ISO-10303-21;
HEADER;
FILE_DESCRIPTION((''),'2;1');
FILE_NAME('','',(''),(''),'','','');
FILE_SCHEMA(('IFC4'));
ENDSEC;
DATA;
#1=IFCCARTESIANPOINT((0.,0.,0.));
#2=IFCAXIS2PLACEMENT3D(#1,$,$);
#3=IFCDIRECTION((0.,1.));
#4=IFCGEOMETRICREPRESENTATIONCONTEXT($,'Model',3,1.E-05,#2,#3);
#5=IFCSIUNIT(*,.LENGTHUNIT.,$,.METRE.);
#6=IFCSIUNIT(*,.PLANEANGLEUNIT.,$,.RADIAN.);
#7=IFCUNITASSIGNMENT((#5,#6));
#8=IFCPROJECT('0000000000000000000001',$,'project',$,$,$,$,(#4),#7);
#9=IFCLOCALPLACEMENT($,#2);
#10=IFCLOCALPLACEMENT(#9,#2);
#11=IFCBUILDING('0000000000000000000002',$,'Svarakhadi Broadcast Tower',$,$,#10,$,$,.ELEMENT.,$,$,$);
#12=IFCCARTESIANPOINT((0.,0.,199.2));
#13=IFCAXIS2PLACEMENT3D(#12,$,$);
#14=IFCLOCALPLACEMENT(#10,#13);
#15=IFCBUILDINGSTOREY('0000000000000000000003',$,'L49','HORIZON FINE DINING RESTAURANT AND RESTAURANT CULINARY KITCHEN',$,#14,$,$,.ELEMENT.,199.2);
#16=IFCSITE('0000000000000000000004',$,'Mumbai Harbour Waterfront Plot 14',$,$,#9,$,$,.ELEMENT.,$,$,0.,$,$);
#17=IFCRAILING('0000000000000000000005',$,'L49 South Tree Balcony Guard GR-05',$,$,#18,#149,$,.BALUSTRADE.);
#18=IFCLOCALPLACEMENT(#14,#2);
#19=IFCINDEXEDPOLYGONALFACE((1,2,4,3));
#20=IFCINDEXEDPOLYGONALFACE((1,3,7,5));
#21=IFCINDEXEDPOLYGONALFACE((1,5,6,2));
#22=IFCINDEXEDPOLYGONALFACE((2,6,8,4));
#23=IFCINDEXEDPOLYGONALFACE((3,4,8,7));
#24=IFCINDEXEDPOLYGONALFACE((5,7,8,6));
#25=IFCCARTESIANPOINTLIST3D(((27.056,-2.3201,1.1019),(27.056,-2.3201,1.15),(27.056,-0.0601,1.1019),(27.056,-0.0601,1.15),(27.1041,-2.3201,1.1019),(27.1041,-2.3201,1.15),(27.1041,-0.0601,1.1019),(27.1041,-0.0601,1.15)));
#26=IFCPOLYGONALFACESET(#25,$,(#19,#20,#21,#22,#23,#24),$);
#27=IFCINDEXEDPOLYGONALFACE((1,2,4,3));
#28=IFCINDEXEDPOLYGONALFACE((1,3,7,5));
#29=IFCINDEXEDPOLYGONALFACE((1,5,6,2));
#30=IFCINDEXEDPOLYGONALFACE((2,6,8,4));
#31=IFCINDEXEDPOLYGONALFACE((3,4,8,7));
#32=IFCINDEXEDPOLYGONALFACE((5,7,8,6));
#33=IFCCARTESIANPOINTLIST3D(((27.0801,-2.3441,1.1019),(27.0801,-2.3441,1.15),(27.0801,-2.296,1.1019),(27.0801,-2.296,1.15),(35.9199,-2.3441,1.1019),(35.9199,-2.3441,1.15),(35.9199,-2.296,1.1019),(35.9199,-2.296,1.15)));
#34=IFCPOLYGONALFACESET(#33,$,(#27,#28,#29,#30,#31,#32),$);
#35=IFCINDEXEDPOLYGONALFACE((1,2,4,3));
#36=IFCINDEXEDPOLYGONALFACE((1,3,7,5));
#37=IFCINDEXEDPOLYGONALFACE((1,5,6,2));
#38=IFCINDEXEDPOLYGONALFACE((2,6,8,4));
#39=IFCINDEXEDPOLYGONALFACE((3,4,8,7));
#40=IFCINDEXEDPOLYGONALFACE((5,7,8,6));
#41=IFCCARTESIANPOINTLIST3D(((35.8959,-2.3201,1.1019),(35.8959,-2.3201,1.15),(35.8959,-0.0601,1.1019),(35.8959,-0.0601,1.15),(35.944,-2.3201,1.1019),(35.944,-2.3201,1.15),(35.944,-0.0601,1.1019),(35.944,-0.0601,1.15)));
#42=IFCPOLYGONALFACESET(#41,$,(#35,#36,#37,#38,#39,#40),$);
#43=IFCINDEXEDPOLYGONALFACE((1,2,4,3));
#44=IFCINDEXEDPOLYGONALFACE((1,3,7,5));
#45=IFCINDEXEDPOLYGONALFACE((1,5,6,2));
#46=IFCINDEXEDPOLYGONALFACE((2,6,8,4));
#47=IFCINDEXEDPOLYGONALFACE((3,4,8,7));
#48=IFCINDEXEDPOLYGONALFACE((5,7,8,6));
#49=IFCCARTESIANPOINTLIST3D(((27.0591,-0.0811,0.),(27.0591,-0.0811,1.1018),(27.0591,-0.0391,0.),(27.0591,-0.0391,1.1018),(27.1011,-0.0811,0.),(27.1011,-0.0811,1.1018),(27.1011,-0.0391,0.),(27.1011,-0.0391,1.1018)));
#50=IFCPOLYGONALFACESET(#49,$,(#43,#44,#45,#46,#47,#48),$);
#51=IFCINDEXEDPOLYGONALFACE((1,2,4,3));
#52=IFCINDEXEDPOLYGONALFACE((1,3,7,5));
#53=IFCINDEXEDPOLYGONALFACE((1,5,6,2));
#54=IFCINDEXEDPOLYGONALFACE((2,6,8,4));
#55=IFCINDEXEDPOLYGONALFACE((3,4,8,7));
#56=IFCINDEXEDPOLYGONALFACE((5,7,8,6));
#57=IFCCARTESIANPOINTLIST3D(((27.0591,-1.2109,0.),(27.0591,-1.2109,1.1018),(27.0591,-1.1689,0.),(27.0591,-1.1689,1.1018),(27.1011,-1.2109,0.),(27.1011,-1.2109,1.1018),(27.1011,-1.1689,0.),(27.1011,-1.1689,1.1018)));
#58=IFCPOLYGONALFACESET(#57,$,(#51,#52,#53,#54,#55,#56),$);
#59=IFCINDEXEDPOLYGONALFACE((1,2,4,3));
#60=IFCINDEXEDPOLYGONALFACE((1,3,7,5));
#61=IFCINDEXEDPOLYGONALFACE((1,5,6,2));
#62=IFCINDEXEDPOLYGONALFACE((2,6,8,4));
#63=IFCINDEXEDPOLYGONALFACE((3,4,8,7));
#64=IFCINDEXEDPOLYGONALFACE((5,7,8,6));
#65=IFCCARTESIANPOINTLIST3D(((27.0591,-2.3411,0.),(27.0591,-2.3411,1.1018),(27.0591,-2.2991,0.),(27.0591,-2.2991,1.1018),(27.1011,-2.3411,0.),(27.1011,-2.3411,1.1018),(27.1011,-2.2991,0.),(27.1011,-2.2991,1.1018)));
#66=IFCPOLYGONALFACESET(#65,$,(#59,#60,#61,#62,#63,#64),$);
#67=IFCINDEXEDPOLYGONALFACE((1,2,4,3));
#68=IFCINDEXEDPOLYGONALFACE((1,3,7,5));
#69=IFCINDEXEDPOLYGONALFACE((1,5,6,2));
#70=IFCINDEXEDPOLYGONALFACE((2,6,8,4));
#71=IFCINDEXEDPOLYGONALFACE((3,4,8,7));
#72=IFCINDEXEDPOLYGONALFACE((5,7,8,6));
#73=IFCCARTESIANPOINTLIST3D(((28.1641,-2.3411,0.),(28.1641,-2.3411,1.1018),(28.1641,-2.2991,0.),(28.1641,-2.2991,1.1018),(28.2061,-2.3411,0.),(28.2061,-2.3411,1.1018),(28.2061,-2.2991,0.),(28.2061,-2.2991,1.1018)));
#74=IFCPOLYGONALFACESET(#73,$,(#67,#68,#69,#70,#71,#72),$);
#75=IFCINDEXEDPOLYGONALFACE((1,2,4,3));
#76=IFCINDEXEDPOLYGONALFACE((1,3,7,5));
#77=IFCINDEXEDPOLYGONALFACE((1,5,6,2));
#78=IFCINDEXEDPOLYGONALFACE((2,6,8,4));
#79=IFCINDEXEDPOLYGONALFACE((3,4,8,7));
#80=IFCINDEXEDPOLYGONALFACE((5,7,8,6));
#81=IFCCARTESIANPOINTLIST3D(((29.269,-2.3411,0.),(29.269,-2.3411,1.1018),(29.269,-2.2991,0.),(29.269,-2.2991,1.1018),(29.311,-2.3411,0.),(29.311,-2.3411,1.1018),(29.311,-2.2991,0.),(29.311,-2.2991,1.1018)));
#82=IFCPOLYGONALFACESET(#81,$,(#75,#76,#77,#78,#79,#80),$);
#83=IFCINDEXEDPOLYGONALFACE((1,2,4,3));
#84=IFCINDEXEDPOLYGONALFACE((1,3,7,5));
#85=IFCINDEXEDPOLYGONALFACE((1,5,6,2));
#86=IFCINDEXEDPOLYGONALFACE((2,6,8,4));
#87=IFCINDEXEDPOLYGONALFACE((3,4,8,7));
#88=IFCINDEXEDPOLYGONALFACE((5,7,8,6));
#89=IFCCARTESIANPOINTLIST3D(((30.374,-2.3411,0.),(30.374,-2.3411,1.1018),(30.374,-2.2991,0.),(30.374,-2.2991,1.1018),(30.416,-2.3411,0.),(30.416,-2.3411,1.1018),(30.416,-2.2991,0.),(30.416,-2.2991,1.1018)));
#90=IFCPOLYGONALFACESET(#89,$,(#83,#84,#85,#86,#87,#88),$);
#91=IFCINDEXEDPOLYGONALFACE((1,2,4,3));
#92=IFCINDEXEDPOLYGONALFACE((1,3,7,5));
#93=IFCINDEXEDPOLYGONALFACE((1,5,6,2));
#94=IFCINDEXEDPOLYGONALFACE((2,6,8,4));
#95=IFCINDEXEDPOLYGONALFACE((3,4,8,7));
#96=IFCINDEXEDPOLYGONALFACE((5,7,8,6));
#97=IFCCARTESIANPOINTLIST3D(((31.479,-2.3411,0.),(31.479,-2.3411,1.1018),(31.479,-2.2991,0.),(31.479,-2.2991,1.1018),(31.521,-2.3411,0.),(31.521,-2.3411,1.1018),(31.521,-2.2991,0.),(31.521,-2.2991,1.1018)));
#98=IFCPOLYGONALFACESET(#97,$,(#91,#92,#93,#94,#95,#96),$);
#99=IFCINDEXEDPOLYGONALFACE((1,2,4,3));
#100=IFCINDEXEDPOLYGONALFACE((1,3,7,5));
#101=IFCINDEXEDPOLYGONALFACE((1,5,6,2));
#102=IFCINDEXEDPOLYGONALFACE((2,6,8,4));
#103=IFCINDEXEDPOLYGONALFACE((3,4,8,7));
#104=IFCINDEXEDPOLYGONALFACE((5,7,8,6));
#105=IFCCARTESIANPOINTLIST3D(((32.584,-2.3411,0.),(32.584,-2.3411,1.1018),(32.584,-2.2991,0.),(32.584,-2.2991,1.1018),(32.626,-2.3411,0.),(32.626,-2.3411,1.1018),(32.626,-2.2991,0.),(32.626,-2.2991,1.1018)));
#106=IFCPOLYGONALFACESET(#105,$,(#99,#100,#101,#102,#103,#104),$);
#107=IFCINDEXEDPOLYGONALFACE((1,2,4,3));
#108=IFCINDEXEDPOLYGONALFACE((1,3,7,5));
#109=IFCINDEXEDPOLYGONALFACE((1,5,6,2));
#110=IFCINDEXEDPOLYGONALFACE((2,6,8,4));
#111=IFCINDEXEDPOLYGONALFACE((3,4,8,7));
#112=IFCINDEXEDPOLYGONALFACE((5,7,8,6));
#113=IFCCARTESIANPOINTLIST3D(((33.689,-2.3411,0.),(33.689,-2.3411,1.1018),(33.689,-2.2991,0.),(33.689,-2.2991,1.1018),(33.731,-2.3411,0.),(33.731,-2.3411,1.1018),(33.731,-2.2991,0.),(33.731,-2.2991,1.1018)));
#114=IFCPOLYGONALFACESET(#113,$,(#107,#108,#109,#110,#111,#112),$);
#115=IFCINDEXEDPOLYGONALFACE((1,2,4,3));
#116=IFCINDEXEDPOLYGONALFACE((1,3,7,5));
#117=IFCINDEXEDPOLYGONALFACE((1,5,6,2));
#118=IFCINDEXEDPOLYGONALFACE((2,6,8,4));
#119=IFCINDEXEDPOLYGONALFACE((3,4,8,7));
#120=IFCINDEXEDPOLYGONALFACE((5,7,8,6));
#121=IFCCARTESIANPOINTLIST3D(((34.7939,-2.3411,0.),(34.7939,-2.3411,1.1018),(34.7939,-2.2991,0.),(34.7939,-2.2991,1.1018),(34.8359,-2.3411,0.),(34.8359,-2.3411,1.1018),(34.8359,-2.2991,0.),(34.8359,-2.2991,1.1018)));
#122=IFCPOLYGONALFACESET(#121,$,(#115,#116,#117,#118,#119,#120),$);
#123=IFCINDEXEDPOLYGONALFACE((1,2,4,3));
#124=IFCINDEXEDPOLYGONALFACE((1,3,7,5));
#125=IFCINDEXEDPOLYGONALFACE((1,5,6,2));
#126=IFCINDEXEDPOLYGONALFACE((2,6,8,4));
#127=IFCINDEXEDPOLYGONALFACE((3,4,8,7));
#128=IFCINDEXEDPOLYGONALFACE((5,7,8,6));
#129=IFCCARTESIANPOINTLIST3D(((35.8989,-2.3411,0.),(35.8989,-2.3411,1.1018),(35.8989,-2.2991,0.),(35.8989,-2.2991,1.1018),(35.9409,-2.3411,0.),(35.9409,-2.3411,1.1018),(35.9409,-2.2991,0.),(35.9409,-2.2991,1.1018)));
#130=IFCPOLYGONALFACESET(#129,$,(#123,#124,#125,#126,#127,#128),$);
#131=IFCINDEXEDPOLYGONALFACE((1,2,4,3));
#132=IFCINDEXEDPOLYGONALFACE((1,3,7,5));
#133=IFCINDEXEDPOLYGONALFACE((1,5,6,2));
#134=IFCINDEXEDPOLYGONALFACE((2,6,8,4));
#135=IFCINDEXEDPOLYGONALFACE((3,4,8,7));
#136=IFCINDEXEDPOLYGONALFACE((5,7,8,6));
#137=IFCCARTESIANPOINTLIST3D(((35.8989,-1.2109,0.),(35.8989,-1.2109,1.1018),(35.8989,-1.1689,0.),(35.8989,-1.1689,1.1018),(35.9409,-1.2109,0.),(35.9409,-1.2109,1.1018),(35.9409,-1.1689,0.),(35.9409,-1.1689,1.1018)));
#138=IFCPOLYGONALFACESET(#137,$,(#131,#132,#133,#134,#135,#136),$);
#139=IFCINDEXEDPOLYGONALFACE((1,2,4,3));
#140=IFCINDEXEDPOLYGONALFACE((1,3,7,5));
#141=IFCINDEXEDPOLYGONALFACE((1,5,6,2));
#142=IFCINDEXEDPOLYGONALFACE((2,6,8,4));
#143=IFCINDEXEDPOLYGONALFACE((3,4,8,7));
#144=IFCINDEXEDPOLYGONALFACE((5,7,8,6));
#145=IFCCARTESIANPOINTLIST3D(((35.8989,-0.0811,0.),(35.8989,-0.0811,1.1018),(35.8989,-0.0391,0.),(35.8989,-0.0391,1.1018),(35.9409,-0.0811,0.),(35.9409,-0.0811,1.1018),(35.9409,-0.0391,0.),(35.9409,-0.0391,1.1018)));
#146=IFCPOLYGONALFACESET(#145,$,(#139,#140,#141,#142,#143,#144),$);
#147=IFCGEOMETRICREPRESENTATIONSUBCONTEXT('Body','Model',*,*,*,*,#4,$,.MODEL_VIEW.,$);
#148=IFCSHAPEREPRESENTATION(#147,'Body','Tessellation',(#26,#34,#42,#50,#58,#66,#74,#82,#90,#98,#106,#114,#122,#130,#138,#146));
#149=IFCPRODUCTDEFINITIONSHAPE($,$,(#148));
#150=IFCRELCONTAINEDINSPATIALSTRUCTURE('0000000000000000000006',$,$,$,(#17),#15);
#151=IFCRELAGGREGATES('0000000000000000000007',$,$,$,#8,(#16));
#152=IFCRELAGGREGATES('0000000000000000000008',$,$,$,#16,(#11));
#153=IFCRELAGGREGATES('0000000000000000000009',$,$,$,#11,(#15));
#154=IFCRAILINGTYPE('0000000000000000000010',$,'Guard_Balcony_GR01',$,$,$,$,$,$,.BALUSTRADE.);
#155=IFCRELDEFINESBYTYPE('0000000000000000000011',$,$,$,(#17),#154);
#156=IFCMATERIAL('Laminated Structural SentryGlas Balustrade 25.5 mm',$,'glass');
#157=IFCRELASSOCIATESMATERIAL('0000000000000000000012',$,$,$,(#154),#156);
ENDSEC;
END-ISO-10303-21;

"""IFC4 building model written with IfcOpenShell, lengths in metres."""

from ifc_helpers import new_model, si_unit, direction, frame, origin, origin_2d, place, context, subcontext, project, spatial, rectangle, extrude, material, type_object, element, save


model = new_model("IFC4")

# Units and contexts
model_context = context("Model", 3, precision=1e-05, world=origin(), true_north=direction((0.0, 1.0)))
body_context = subcontext(model_context, "Body", "Model", "MODEL_VIEW")
ifc_project = project(units=[si_unit("LENGTHUNIT", "METRE"), si_unit("PLANEANGLEUNIT", "RADIAN")], contexts=[model_context])

# Site, building, storey
site_placement = place(None, origin())
site = spatial("IfcSite", under=ifc_project, at=site_placement, Name="Mumbai Harbour Waterfront Plot 14", CompositionType="ELEMENT", RefElevation=0.0)
building_placement = place(site_placement, origin())
building = spatial("IfcBuilding", under=site, at=building_placement, Name="Svarakhadi Broadcast Tower", CompositionType="ELEMENT")
storey_placement = place(building_placement, frame((0.0, 0.0, 199.2)))
storey = spatial("IfcBuildingStorey", under=building, at=storey_placement, Name="L49", Description="HORIZON FINE DINING RESTAURANT AND RESTAURANT CULINARY KITCHEN", CompositionType="ELEMENT", Elevation=199.2)

# Railing
ifc_material_1 = material(Name="Laminated Structural SentryGlas Balustrade 25.5 mm", Category="glass")
railing_type = type_object("IfcRailingType", Name="Guard_Balcony_GR01", PredefinedType="BALUSTRADE", material=ifc_material_1)
railing_placement = place(storey_placement, frame((27.0801, -0.0601, 0.0)))
element("IfcRailing", 1, at=railing_placement, inside=storey, type_object=railing_type, Name="L49 South Tree Balcony Guard GR-05", PredefinedType="BALUSTRADE", context=body_context, shape_type="SweptSolid", body=[
    extrude(rectangle(XDim=0.0481, YDim=0.0481, at=origin_2d()), frame((0.0, 0.0, 1.126), z_axis=(0.0, -1.0, 0.0), x_axis=(1.0, 0.0, 0.0)), (0.0, 0.0, 1.0), 2.26),
    extrude(rectangle(XDim=0.0481, YDim=0.0481, at=origin_2d()), frame((0.0, -2.26, 1.126), z_axis=(1.0, 0.0, 0.0), x_axis=(0.0, 1.0, 0.0)), (0.0, 0.0, 1.0), 8.8398),
    extrude(rectangle(XDim=0.0481, YDim=0.0481, at=origin_2d()), frame((8.8398, -2.26, 1.126), z_axis=(0.0, 1.0, 0.0), x_axis=(-1.0, 0.0, 0.0)), (0.0, 0.0, 1.0), 2.26),
    extrude(rectangle(XDim=0.042, YDim=0.042, at=origin_2d()), origin(), (0.0, 0.0, 1.0), 1.1018),
    extrude(rectangle(XDim=0.042, YDim=0.042, at=origin_2d()), frame((0.0, -1.1299, 0.0)), (0.0, 0.0, 1.0), 1.1018),
    extrude(rectangle(XDim=0.042, YDim=0.042, at=origin_2d()), frame((0.0, -2.26, 0.0)), (0.0, 0.0, 1.0), 1.1018),
    extrude(rectangle(XDim=0.042, YDim=0.042, at=origin_2d()), frame((1.105, -2.26, 0.0)), (0.0, 0.0, 1.0), 1.1018),
    extrude(rectangle(XDim=0.042, YDim=0.042, at=origin_2d()), frame((2.21, -2.26, 0.0)), (0.0, 0.0, 1.0), 1.1018),
    extrude(rectangle(XDim=0.042, YDim=0.042, at=origin_2d()), frame((3.3149, -2.26, 0.0)), (0.0, 0.0, 1.0), 1.1018),
    extrude(rectangle(XDim=0.042, YDim=0.042, at=origin_2d()), frame((4.4199, -2.26, 0.0)), (0.0, 0.0, 1.0), 1.1018),
    extrude(rectangle(XDim=0.042, YDim=0.042, at=origin_2d()), frame((5.5249, -2.26, 0.0)), (0.0, 0.0, 1.0), 1.1018),
    extrude(rectangle(XDim=0.042, YDim=0.042, at=origin_2d()), frame((6.6299, -2.26, 0.0)), (0.0, 0.0, 1.0), 1.1018),
    extrude(rectangle(XDim=0.042, YDim=0.042, at=origin_2d()), frame((7.7349, -2.26, 0.0)), (0.0, 0.0, 1.0), 1.1018),
    extrude(rectangle(XDim=0.042, YDim=0.042, at=origin_2d()), frame((8.8398, -2.26, 0.0)), (0.0, 0.0, 1.0), 1.1018),
    extrude(rectangle(XDim=0.042, YDim=0.042, at=origin_2d()), frame((8.8398, -1.1299, 0.0)), (0.0, 0.0, 1.0), 1.1018),
    extrude(rectangle(XDim=0.042, YDim=0.042, at=origin_2d()), frame((8.8398, 0.0, 0.0)), (0.0, 0.0, 1.0), 1.1018),
])

save(model, "model.ifc")
